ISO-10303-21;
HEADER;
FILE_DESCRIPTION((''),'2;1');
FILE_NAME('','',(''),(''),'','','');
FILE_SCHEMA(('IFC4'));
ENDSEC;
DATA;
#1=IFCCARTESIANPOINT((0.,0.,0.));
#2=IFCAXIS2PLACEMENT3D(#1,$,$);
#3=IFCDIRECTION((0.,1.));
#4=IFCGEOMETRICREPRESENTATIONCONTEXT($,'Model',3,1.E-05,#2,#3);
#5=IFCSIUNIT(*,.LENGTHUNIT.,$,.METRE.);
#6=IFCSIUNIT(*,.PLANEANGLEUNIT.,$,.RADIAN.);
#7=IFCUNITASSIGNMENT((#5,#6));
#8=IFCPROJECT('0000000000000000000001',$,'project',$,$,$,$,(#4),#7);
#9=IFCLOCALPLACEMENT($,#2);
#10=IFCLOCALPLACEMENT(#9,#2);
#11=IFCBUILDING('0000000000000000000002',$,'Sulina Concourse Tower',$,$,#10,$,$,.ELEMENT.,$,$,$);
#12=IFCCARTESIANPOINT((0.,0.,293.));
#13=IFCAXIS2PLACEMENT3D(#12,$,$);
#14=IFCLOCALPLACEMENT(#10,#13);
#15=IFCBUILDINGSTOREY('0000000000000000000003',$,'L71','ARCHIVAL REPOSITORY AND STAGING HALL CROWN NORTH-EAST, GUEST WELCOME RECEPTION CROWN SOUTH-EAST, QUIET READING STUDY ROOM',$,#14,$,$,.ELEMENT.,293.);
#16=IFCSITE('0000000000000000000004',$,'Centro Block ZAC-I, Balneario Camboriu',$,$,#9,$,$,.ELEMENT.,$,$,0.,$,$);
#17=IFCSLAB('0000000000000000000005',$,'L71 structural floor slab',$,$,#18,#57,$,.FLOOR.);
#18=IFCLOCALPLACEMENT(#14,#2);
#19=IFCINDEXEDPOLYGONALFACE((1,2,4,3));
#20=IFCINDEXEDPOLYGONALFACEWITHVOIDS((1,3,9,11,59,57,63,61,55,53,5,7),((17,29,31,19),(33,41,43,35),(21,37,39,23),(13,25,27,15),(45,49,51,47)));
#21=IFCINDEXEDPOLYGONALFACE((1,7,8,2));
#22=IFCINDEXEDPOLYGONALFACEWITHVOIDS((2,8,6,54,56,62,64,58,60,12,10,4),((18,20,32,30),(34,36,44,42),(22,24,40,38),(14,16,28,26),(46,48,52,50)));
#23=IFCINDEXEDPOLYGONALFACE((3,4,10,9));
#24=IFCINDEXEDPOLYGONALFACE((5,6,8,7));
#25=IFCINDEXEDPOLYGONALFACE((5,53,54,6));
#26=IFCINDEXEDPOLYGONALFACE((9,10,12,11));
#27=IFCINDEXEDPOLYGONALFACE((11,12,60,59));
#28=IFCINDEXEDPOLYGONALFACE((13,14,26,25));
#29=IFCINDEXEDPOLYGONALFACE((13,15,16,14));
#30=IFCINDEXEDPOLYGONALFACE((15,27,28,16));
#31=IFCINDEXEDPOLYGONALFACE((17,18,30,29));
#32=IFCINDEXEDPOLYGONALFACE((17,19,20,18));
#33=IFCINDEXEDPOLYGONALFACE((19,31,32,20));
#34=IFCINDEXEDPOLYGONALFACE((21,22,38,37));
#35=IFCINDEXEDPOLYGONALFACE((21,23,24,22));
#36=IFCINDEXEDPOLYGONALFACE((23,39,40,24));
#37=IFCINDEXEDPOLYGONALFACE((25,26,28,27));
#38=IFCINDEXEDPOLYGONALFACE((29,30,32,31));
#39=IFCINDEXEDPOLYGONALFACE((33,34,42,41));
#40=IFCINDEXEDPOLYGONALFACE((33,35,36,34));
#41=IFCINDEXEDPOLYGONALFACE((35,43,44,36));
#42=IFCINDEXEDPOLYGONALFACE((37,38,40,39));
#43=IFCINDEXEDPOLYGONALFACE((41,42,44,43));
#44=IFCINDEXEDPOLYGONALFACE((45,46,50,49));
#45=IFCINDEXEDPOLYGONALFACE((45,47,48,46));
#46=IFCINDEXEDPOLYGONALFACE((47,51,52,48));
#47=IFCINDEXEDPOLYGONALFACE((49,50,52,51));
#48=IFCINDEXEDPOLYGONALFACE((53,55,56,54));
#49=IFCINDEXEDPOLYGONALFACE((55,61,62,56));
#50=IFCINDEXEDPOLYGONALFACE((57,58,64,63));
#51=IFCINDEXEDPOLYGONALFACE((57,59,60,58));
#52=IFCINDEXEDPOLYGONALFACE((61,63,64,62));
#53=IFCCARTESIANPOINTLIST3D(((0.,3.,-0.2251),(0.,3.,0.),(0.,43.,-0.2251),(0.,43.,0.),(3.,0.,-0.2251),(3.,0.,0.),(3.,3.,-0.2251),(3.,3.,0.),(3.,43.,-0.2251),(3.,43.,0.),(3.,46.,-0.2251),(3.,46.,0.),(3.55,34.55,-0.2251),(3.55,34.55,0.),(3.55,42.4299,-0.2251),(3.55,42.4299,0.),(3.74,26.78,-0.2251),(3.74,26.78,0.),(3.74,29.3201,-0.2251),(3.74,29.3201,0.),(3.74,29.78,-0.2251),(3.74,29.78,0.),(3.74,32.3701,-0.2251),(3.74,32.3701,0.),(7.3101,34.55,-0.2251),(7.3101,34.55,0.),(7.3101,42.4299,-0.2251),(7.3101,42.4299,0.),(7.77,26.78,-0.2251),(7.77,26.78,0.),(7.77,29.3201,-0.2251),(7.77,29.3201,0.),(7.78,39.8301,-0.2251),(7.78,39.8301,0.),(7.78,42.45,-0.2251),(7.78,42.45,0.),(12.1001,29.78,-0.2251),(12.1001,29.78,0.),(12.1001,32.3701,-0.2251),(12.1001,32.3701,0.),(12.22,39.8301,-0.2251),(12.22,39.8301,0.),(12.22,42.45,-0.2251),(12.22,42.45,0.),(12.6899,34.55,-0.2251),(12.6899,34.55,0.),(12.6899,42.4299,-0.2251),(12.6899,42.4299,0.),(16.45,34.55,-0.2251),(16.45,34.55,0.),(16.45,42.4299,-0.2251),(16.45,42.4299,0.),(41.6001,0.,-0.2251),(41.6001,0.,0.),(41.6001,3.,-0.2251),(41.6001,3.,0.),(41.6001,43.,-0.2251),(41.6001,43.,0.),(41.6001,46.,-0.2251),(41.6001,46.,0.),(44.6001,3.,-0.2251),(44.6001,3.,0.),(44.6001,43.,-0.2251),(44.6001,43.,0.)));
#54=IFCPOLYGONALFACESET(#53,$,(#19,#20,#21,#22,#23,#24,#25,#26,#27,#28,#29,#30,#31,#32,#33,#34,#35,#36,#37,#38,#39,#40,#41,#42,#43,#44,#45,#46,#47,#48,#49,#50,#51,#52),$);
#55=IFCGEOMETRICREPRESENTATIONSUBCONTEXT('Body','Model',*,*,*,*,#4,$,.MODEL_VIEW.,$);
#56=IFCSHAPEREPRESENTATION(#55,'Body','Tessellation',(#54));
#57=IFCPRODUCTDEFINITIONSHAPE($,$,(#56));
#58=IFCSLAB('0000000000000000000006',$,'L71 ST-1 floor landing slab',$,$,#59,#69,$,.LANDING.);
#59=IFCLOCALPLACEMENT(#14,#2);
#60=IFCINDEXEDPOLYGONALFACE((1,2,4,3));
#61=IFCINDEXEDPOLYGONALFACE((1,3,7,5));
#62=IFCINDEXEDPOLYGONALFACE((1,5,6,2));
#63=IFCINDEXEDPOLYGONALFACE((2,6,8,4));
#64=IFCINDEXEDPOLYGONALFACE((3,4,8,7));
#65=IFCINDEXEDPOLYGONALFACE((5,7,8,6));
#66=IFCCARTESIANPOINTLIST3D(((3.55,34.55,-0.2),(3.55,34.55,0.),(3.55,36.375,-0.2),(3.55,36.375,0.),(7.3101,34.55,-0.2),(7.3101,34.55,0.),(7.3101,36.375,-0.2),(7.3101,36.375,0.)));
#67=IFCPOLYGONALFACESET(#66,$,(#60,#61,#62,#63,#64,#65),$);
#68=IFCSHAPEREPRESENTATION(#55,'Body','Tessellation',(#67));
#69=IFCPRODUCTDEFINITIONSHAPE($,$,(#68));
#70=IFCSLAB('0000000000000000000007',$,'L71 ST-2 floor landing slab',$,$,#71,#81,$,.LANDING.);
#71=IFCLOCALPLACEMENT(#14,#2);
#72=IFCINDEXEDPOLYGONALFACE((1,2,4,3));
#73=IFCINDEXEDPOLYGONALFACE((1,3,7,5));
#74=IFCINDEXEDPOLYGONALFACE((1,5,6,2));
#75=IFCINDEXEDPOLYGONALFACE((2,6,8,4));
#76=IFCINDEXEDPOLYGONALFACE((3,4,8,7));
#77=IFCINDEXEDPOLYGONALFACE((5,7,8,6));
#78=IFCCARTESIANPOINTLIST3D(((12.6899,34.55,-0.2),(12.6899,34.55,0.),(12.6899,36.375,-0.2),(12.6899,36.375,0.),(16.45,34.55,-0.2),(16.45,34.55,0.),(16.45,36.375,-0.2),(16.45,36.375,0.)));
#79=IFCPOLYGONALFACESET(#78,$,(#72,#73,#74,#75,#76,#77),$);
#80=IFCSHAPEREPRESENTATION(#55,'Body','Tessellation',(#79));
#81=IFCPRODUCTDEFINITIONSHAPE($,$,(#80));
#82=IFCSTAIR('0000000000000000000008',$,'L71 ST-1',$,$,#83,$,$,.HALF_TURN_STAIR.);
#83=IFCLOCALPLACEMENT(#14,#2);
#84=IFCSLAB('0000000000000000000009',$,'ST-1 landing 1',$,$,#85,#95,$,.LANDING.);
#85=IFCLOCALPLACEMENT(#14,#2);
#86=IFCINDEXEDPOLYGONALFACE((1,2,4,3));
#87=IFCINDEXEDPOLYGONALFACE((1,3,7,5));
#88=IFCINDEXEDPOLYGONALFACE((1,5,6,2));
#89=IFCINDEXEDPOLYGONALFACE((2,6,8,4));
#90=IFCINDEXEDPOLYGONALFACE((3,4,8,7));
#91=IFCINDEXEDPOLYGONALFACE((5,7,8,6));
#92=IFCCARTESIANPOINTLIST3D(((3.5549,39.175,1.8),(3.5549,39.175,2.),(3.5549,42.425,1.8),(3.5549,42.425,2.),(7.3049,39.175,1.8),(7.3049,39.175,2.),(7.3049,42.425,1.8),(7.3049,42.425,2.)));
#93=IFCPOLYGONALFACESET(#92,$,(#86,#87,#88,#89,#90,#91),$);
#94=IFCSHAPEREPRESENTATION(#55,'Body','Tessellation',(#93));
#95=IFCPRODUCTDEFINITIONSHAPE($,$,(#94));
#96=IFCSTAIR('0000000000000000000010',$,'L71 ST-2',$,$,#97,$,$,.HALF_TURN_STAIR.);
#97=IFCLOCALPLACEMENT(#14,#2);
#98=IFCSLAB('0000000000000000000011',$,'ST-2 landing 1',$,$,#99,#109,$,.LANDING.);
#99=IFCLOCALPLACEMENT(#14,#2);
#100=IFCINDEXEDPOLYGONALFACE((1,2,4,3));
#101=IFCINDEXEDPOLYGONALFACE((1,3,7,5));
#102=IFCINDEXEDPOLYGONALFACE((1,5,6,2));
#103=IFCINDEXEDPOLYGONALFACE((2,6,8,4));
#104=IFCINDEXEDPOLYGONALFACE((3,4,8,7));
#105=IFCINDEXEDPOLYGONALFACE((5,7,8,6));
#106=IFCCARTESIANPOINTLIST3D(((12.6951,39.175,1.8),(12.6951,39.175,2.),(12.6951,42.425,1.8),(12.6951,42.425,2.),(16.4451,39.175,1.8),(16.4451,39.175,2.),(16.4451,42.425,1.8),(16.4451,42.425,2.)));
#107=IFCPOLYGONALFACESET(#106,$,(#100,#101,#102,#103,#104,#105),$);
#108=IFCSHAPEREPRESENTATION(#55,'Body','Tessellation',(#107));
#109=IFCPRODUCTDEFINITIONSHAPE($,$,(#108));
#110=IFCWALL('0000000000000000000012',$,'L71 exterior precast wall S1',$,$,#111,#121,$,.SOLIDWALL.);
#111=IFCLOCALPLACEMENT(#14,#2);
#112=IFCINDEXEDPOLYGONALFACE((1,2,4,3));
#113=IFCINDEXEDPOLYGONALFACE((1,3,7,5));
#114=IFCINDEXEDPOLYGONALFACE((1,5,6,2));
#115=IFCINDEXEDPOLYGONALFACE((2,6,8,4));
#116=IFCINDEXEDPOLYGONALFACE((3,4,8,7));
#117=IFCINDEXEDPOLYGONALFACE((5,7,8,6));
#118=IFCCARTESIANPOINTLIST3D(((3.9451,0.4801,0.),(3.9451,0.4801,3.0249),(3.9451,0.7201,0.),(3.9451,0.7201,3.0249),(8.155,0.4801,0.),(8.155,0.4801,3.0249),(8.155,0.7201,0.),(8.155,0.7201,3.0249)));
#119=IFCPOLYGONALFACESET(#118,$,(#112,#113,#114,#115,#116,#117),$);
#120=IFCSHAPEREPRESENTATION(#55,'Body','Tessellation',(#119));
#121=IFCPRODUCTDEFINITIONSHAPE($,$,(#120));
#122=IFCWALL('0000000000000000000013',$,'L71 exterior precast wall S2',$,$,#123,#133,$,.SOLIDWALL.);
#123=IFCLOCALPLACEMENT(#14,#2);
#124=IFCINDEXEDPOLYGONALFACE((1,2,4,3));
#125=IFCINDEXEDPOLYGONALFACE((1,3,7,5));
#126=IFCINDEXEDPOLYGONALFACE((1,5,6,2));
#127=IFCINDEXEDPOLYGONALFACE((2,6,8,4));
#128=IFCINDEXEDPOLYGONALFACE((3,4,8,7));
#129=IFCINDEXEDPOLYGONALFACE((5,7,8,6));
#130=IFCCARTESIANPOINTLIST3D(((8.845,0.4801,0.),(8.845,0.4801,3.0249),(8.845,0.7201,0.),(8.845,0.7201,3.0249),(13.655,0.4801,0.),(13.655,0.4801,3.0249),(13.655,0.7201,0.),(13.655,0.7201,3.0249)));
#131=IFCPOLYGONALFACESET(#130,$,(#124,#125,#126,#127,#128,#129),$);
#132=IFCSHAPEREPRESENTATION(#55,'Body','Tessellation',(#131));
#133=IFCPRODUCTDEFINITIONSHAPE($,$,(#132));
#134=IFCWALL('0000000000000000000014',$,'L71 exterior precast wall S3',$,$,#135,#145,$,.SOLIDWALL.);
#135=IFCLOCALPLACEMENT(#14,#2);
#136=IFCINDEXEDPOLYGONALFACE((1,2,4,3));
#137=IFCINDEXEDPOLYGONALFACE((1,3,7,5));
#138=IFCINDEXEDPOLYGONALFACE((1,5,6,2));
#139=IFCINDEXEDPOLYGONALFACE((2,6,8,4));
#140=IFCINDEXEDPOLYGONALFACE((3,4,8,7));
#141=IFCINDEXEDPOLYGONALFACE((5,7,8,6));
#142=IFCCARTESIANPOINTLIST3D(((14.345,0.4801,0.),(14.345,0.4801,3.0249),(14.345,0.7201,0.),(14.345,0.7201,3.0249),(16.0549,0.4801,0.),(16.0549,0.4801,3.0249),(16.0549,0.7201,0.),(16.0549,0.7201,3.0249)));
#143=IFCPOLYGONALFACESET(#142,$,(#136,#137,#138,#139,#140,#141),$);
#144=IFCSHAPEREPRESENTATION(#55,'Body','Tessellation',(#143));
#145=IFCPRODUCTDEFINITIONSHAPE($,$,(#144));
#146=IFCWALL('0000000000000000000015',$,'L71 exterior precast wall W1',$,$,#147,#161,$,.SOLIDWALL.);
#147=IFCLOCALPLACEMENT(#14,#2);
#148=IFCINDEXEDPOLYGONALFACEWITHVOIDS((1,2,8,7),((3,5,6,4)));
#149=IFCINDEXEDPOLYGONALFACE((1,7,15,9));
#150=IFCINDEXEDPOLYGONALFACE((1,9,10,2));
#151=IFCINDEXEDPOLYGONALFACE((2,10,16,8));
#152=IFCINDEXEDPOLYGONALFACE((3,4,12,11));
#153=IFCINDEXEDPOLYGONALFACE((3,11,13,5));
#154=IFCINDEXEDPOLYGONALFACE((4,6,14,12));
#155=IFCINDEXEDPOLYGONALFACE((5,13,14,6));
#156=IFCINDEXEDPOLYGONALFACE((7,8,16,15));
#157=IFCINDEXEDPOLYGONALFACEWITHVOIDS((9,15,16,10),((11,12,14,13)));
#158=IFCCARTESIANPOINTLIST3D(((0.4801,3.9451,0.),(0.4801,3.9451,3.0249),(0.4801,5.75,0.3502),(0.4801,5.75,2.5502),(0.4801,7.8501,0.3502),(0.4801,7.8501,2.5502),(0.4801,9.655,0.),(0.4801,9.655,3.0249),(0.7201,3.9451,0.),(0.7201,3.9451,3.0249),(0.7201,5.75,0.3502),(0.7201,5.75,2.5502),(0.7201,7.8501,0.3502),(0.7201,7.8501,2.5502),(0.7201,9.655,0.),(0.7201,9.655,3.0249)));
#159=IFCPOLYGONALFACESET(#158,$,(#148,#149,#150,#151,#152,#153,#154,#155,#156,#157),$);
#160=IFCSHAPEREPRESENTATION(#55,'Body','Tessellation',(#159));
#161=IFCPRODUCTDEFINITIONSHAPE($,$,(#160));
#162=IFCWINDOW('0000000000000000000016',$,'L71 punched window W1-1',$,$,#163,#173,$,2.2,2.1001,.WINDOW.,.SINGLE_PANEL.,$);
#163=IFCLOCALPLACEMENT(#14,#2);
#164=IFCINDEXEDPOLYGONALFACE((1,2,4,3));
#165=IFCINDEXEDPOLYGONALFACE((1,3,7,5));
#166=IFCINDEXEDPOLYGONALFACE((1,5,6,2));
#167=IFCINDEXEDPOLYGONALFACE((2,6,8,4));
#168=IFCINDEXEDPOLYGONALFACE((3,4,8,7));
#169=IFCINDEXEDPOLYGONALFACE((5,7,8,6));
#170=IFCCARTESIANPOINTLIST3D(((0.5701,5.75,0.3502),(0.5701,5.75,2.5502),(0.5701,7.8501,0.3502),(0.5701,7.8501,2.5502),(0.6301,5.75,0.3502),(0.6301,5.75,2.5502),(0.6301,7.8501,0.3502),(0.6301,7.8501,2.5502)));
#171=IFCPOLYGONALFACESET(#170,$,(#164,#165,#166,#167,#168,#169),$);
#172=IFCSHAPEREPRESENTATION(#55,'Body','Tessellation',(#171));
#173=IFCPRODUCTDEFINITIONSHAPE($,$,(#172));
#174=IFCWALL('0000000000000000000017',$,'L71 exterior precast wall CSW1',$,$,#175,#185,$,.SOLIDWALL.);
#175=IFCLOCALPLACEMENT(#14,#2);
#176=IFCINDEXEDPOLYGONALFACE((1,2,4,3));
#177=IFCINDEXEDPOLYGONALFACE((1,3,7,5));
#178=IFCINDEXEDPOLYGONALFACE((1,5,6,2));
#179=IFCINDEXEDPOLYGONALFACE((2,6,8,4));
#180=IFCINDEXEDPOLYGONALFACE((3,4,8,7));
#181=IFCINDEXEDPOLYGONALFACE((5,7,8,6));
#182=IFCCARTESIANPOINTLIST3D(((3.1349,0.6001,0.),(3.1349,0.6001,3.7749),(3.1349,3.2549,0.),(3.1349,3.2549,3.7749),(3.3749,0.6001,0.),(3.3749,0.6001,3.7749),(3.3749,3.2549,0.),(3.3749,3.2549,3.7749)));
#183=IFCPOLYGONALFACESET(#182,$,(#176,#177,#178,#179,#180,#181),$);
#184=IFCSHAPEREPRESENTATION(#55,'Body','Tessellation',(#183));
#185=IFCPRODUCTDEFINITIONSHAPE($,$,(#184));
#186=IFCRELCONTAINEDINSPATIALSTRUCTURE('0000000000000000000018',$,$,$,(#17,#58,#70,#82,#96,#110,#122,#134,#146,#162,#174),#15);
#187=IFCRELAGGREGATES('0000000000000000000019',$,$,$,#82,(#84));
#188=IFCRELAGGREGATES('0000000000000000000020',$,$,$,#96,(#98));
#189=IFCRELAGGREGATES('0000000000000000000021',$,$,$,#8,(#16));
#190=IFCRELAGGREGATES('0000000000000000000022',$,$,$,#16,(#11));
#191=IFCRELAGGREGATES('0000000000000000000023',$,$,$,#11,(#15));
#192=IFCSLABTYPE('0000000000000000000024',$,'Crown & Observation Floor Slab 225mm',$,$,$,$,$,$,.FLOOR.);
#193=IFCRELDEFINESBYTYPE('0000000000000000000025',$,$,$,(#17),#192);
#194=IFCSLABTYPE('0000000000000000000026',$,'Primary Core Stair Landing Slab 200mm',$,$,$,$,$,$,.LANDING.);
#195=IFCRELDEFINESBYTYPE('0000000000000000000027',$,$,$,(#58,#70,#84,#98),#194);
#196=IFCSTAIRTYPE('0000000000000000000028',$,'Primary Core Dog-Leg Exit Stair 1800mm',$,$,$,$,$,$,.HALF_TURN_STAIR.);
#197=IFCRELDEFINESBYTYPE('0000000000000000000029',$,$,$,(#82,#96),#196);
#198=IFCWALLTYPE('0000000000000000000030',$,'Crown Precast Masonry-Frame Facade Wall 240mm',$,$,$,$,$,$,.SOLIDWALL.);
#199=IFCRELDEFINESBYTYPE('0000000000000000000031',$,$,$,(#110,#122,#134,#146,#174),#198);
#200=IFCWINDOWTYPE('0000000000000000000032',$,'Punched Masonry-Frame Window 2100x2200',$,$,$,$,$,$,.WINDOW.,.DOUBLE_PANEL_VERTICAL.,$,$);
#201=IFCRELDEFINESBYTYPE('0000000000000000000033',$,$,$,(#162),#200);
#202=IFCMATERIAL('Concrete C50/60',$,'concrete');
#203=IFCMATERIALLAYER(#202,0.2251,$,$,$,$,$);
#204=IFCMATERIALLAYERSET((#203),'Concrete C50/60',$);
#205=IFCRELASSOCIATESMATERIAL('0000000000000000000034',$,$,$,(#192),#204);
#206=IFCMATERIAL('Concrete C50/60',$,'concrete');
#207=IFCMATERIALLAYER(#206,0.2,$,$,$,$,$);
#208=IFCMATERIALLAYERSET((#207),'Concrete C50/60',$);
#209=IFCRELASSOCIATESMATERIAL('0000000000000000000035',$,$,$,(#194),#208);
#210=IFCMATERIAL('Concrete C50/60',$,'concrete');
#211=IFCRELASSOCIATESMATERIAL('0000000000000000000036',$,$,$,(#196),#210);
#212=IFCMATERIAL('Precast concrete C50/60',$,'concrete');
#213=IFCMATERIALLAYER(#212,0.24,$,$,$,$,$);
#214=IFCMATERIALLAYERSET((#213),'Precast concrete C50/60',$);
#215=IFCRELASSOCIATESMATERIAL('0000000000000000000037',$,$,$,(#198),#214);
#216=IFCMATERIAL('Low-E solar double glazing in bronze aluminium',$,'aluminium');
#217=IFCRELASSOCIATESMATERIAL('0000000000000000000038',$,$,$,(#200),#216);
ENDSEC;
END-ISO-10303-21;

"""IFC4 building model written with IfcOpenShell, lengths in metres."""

from ifc_helpers import new_model, si_unit, direction, frame, frame_2d, origin, place, context, subcontext, project, spatial, polyline, rectangle, outline, extrude, material, layer, layer_set, type_object, element, fill, aggregate, save


model = new_model("IFC4")

# Units and contexts
model_context = context("Model", 3, precision=1e-05, world=origin(), true_north=direction((0.0, 1.0)))
body_context = subcontext(model_context, "Body", "Model", "MODEL_VIEW")
ifc_project = project(units=[si_unit("LENGTHUNIT", "METRE"), si_unit("PLANEANGLEUNIT", "RADIAN")], contexts=[model_context])

# Site, building, storey
site_placement = place(None, origin())
site = spatial("IfcSite", under=ifc_project, at=site_placement, Name="Centro Block ZAC-I, Balneario Camboriu", CompositionType="ELEMENT", RefElevation=0.0)
building_placement = place(site_placement, origin())
building = spatial("IfcBuilding", under=site, at=building_placement, Name="Sulina Concourse Tower", CompositionType="ELEMENT")
storey_placement = place(building_placement, frame((0.0, 0.0, 293.0)))
storey = spatial("IfcBuildingStorey", under=building, at=storey_placement, Name="L71", Description="ARCHIVAL REPOSITORY AND STAGING HALL CROWN NORTH-EAST, GUEST WELCOME RECEPTION CROWN SOUTH-EAST, QUIET READING STUDY ROOM", CompositionType="ELEMENT", Elevation=293.0)

# Slabs
ifc_material_1 = material(Name="Concrete C50/60", Category="concrete")
ifc_layer_1 = layer(ifc_material_1, 0.2251)
ifc_layer_set_1 = layer_set([ifc_layer_1], Name="Concrete C50/60")
slab_type_1 = type_object("IfcSlabType", Name="Crown & Observation Floor Slab 225mm", PredefinedType="FLOOR", material=ifc_layer_set_1)
slab_1_placement = place(storey_placement, frame((0.0, 0.0, -0.2251)))
element("IfcSlab", 1, at=slab_1_placement, inside=storey, type_object=slab_type_1, Name="L71 structural floor slab", PredefinedType="FLOOR", context=body_context, shape_type="SweptSolid", body=[
    extrude(outline(polyline([(3.0, 0.0), (41.6001, 0.0), (41.6001, 3.0), (44.6001, 3.0), (44.6001, 43.0), (41.6001, 43.0), (41.6001, 46.0), (3.0, 46.0), (3.0, 43.0), (0.0, 43.0), (0.0, 3.0), (3.0, 3.0), (3.0, 0.0)]), holes=[polyline([(7.3101, 34.55), (7.3101, 42.4299), (3.55, 42.4299), (3.55, 34.55), (7.3101, 34.55)]), polyline([(16.45, 34.55), (16.45, 42.4299), (12.6899, 42.4299), (12.6899, 34.55), (16.45, 34.55)]), polyline([(7.78, 39.8301), (12.22, 39.8301), (12.22, 42.45), (7.78, 42.45), (7.78, 39.8301)]), polyline([(3.74, 26.78), (7.77, 26.78), (7.77, 29.3201), (3.74, 29.3201), (3.74, 26.78)]), polyline([(3.74, 29.78), (12.1001, 29.78), (12.1001, 32.3701), (3.74, 32.3701), (3.74, 29.78)])]), origin(), (0.0, 0.0, 1.0), 0.2251),
])
ifc_material_2 = material(Name="Concrete C50/60", Category="concrete")
ifc_layer_2 = layer(ifc_material_2, 0.2)
ifc_layer_set_2 = layer_set([ifc_layer_2], Name="Concrete C50/60")
slab_type_2 = type_object("IfcSlabType", Name="Primary Core Stair Landing Slab 200mm", PredefinedType="LANDING", material=ifc_layer_set_2)
slab_2_placement = place(storey_placement, frame((0.0, 0.0, -0.2)))
element("IfcSlab", 2, at=slab_2_placement, inside=storey, type_object=slab_type_2, Name="L71 ST-1 floor landing slab", PredefinedType="LANDING", context=body_context, shape_type="SweptSolid", body=[
    extrude(outline(polyline([(7.3101, 34.55), (7.3101, 36.375), (3.55, 36.375), (3.55, 34.55), (7.3101, 34.55)])), origin(), (0.0, 0.0, 1.0), 0.2),
])
slab_3_placement = place(storey_placement, frame((0.0, 0.0, -0.2)))
element("IfcSlab", 3, at=slab_3_placement, inside=storey, type_object=slab_type_2, Name="L71 ST-2 floor landing slab", PredefinedType="LANDING", context=body_context, shape_type="SweptSolid", body=[
    extrude(outline(polyline([(16.45, 34.55), (16.45, 36.375), (12.6899, 36.375), (12.6899, 34.55), (16.45, 34.55)])), origin(), (0.0, 0.0, 1.0), 0.2),
])

# Stairs, slabs
ifc_material_3 = material(Name="Concrete C50/60", Category="concrete")
stair_type = type_object("IfcStairType", Name="Primary Core Dog-Leg Exit Stair 1800mm", PredefinedType="HALF_TURN_STAIR", material=ifc_material_3)
stair_1_placement = place(storey_placement, origin())
stair_1 = element("IfcStair", 4, at=stair_1_placement, inside=storey, type_object=stair_type, Name="L71 ST-1", PredefinedType="HALF_TURN_STAIR")
slab_4_placement = place(storey_placement, frame((0.0, 0.0, 1.8)))
slab_4 = element("IfcSlab", 5, at=slab_4_placement, type_object=slab_type_2, Name="ST-1 landing 1", PredefinedType="LANDING", context=body_context, shape_type="SweptSolid", body=[
    extrude(outline(polyline([(7.3049, 39.175), (7.3049, 42.425), (3.5549, 42.425), (3.5549, 39.175), (7.3049, 39.175)])), origin(), (0.0, 0.0, 1.0), 0.2),
])
aggregate(stair_1, [slab_4])
stair_2_placement = place(storey_placement, origin())
stair_2 = element("IfcStair", 6, at=stair_2_placement, inside=storey, type_object=stair_type, Name="L71 ST-2", PredefinedType="HALF_TURN_STAIR")
slab_5_placement = place(storey_placement, frame((0.0, 0.0, 1.8)))
slab_5 = element("IfcSlab", 7, at=slab_5_placement, type_object=slab_type_2, Name="ST-2 landing 1", PredefinedType="LANDING", context=body_context, shape_type="SweptSolid", body=[
    extrude(outline(polyline([(16.4451, 39.175), (16.4451, 42.425), (12.6951, 42.425), (12.6951, 39.175), (16.4451, 39.175)])), origin(), (0.0, 0.0, 1.0), 0.2),
])
aggregate(stair_2, [slab_5])

# Walls
ifc_material_4 = material(Name="Precast concrete C50/60", Category="concrete")
ifc_layer_3 = layer(ifc_material_4, 0.24)
ifc_layer_set_3 = layer_set([ifc_layer_3], Name="Precast concrete C50/60")
wall_type_1 = type_object("IfcWallType", Name="Crown Precast Masonry-Frame Facade Wall 240mm", PredefinedType="SOLIDWALL", material=ifc_layer_set_3)
wall_1_placement = place(storey_placement, frame((8.155, 0.6001, 0.0), z_axis=(0.0, 0.0, 1.0), x_axis=(-1.0, 0.0, 0.0)))
element("IfcWall", 8, at=wall_1_placement, inside=storey, type_object=wall_type_1, Name="L71 exterior precast wall S1", PredefinedType="SOLIDWALL", context=body_context, shape_type="SweptSolid", body=[
    extrude(rectangle(XDim=4.21, YDim=0.24, at=frame_2d((2.105, 0.0))), origin(), (0.0, 0.0, 1.0), 3.0249),
])
wall_2_placement = place(storey_placement, frame((13.655, 0.6001, 0.0), z_axis=(0.0, 0.0, 1.0), x_axis=(-1.0, 0.0, 0.0)))
element("IfcWall", 9, at=wall_2_placement, inside=storey, type_object=wall_type_1, Name="L71 exterior precast wall S2", PredefinedType="SOLIDWALL", context=body_context, shape_type="SweptSolid", body=[
    extrude(rectangle(XDim=4.8101, YDim=0.24, at=frame_2d((2.405, 0.0))), origin(), (0.0, 0.0, 1.0), 3.0249),
])
wall_3_placement = place(storey_placement, frame((16.0549, 0.6001, 0.0), z_axis=(0.0, 0.0, 1.0), x_axis=(-1.0, 0.0, 0.0)))
element("IfcWall", 10, at=wall_3_placement, inside=storey, type_object=wall_type_1, Name="L71 exterior precast wall S3", PredefinedType="SOLIDWALL", context=body_context, shape_type="SweptSolid", body=[
    extrude(rectangle(XDim=1.71, YDim=0.24, at=frame_2d((0.855, 0.0))), origin(), (0.0, 0.0, 1.0), 3.0249),
])

# Wall, opening, window
wall_4_placement = place(storey_placement, frame((0.6001, 3.9451, 0.0), z_axis=(0.0, 0.0, 1.0), x_axis=(0.0, 1.0, 0.0)))
wall_4 = element("IfcWall", 11, at=wall_4_placement, inside=storey, type_object=wall_type_1, Name="L71 exterior precast wall W1", PredefinedType="SOLIDWALL", context=body_context, shape_type="SweptSolid", body=[
    extrude(rectangle(XDim=5.71, YDim=0.24, at=frame_2d((2.855, 0.0))), origin(), (0.0, 0.0, 1.0), 3.0249),
])
opening_placement = place(wall_4_placement, frame((1.8049, 0.0, 0.3501)))
opening = element("IfcOpeningElement", 12, at=opening_placement, cuts=wall_4, PredefinedType="OPENING", context=body_context, shape_type="SweptSolid", body=[
    extrude(rectangle(XDim=2.1001, YDim=2.2, at=frame_2d((1.05, 1.1001))), frame((0.0, 0.1299, 0.0), z_axis=(0.0, -1.0, 0.0), x_axis=(1.0, 0.0, 0.0)), (0.0, 0.0, 1.0), 0.26),
])
ifc_material_5 = material(Name="Low-E solar double glazing in bronze aluminium", Category="aluminium")
window_type = type_object("IfcWindowType", Name="Punched Masonry-Frame Window 2100x2200", PartitioningType="DOUBLE_PANEL_VERTICAL", PredefinedType="WINDOW", material=ifc_material_5)
window_placement = place(opening_placement, origin())
window = element("IfcWindow", 13, at=window_placement, inside=storey, type_object=window_type, Name="L71 punched window W1-1", OverallHeight=2.2, OverallWidth=2.1001, PartitioningType="SINGLE_PANEL", PredefinedType="WINDOW", context=body_context, shape_type="SweptSolid", body=[
    extrude(rectangle(XDim=2.1001, YDim=2.2, at=frame_2d((1.05, 1.1001))), frame((0.0, 0.03, 0.0), z_axis=(0.0, -1.0, 0.0), x_axis=(1.0, 0.0, 0.0)), (0.0, 0.0, 1.0), 0.0601),
])
fill(opening, window)

# Wall
wall_5_placement = place(storey_placement, frame((3.2549, 0.6001, 0.0), z_axis=(0.0, 0.0, 1.0), x_axis=(0.0, 1.0, 0.0)))
element("IfcWall", 14, at=wall_5_placement, inside=storey, type_object=wall_type_1, Name="L71 exterior precast wall CSW1", PredefinedType="SOLIDWALL", context=body_context, shape_type="SweptSolid", body=[
    extrude(rectangle(XDim=2.6548, YDim=0.24, at=frame_2d((1.3274, 0.0))), origin(), (0.0, 0.0, 1.0), 3.7749),
])

save(model, "model.ifc")
